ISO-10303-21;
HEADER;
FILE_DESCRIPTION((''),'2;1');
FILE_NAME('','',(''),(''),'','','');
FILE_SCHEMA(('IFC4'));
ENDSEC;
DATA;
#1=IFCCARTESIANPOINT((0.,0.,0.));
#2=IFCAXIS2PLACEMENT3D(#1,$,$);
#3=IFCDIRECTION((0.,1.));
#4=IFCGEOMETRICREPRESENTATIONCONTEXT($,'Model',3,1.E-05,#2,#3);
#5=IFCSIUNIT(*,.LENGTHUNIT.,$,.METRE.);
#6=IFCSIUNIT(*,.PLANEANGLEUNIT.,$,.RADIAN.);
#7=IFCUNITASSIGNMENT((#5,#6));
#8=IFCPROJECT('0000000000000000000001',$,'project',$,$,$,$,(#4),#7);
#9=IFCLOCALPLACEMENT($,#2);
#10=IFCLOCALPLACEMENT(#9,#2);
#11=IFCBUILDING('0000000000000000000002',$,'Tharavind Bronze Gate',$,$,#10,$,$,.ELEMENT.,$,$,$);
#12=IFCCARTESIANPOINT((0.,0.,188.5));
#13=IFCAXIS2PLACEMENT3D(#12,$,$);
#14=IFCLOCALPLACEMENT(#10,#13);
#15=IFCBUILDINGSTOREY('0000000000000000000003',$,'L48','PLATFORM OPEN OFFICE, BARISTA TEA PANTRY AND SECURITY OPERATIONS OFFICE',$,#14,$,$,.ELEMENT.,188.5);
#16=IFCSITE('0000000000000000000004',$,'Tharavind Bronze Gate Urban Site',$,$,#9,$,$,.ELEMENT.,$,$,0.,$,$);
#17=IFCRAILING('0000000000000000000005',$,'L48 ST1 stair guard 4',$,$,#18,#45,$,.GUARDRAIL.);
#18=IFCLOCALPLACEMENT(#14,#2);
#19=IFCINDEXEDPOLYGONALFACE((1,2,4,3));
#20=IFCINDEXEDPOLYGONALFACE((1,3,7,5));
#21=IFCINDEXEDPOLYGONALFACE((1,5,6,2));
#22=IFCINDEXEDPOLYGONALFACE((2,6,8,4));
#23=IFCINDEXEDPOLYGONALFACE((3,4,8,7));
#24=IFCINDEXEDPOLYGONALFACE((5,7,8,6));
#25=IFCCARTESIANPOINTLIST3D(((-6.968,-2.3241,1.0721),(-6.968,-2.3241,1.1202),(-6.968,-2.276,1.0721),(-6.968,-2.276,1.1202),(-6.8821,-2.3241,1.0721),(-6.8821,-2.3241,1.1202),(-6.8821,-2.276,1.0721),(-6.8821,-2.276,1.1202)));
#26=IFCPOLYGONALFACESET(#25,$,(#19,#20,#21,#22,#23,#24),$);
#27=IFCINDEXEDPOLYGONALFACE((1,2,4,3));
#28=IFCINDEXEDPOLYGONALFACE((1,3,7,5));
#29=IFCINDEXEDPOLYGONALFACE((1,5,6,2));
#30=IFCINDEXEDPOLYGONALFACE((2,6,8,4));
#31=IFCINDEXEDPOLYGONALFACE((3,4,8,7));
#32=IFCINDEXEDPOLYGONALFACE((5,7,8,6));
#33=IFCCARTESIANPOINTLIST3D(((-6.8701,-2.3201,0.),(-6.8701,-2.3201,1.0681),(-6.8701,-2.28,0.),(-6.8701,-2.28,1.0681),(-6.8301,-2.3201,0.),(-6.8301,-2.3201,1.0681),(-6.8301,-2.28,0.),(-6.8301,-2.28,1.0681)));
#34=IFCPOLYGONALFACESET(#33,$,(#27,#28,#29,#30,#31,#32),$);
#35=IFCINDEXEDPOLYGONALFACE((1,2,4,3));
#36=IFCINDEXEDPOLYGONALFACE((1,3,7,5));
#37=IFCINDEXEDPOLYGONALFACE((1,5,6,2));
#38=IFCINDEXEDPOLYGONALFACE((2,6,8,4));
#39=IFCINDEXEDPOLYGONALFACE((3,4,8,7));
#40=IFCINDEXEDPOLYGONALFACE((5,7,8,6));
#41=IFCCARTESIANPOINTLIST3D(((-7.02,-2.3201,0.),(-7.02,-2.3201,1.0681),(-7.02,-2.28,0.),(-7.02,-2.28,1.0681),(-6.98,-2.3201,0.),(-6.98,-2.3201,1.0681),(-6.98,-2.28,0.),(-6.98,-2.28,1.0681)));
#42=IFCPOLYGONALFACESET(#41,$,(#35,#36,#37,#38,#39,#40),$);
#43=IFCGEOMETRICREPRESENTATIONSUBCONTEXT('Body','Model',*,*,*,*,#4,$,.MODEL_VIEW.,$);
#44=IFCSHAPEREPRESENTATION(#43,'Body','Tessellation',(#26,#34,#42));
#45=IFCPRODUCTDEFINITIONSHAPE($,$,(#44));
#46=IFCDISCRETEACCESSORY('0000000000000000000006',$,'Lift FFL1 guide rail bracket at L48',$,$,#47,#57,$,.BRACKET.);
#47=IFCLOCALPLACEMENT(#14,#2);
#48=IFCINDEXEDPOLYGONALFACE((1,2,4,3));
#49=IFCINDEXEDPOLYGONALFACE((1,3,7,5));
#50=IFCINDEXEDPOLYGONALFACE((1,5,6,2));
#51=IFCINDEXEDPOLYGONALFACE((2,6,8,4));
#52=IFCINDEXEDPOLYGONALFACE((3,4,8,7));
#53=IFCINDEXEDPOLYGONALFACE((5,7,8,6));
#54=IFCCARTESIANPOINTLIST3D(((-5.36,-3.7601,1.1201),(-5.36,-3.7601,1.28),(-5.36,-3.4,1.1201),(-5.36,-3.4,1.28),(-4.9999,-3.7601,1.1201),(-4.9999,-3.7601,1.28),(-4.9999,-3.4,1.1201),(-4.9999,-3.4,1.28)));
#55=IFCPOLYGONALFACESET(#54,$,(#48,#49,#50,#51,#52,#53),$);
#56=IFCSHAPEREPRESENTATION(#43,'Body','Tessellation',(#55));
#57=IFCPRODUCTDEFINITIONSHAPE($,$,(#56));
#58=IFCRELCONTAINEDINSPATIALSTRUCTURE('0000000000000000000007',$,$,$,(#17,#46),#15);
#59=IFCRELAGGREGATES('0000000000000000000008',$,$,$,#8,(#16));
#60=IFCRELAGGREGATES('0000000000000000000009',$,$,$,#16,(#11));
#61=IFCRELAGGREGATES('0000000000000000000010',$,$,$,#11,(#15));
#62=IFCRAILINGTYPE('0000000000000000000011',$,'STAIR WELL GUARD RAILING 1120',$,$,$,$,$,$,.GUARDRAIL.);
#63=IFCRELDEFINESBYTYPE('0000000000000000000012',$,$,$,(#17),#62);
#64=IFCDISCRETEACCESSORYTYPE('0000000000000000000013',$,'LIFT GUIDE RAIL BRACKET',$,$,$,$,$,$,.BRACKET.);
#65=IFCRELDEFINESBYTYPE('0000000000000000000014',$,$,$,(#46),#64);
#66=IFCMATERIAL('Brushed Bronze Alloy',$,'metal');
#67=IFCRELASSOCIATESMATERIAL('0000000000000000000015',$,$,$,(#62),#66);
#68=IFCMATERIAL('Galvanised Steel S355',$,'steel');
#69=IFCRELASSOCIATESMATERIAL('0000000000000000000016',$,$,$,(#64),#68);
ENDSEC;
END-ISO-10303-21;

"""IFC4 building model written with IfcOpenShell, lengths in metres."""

from ifc_helpers import new_model, si_unit, direction, frame, origin, origin_2d, place, context, subcontext, project, spatial, rectangle, extrude, material, type_object, element, save


model = new_model("IFC4")

# Units and contexts
model_context = context("Model", 3, precision=1e-05, world=origin(), true_north=direction((0.0, 1.0)))
body_context = subcontext(model_context, "Body", "Model", "MODEL_VIEW")
ifc_project = project(units=[si_unit("LENGTHUNIT", "METRE"), si_unit("PLANEANGLEUNIT", "RADIAN")], contexts=[model_context])

# Site, building, storey
site_placement = place(None, origin())
site = spatial("IfcSite", under=ifc_project, at=site_placement, Name="Tharavind Bronze Gate Urban Site", CompositionType="ELEMENT", RefElevation=0.0)
building_placement = place(site_placement, origin())
building = spatial("IfcBuilding", under=site, at=building_placement, Name="Tharavind Bronze Gate", CompositionType="ELEMENT")
storey_placement = place(building_placement, frame((0.0, 0.0, 188.5)))
storey = spatial("IfcBuildingStorey", under=building, at=storey_placement, Name="L48", Description="PLATFORM OPEN OFFICE, BARISTA TEA PANTRY AND SECURITY OPERATIONS OFFICE", CompositionType="ELEMENT", Elevation=188.5)

# Railing
ifc_material_1 = material(Name="Brushed Bronze Alloy", Category="metal")
railing_type_1 = type_object("IfcRailingType", Name="STAIR WELL GUARD RAILING 1120", PredefinedType="GUARDRAIL", material=ifc_material_1)
railing_1_placement = place(storey_placement, frame((-6.8501, -2.3, 0.0)))
element("IfcRailing", 1, at=railing_1_placement, inside=storey, type_object=railing_type_1, Name="L48 ST1 stair guard 4", PredefinedType="GUARDRAIL", context=body_context, shape_type="SweptSolid", body=[
    extrude(rectangle(XDim=0.0481, YDim=0.0481, at=origin_2d()), frame((-0.032, 0.0, 1.0962), z_axis=(-1.0, 0.0, 0.0), x_axis=(0.0, -1.0, 0.0)), (0.0, 0.0, 1.0), 0.0859),
    extrude(rectangle(XDim=0.04, YDim=0.04, at=origin_2d()), origin(), (0.0, 0.0, 1.0), 1.0681),
    extrude(rectangle(XDim=0.04, YDim=0.04, at=origin_2d()), frame((-0.1499, 0.0, 0.0)), (0.0, 0.0, 1.0), 1.0681),
])

# Discrete accessory
ifc_material_2 = material(Name="Galvanised Steel S355", Category="steel")
discrete_accessory_type = type_object("IfcDiscreteAccessoryType", Name="LIFT GUIDE RAIL BRACKET", PredefinedType="BRACKET", material=ifc_material_2)
discrete_accessory_placement = place(storey_placement, frame((-5.1799, -3.5801, 1.1201), z_axis=(0.0, 0.0, 1.0), x_axis=(1.0, 0.0, 0.0)))
element("IfcDiscreteAccessory", 2, at=discrete_accessory_placement, inside=storey, type_object=discrete_accessory_type, Name="Lift FFL1 guide rail bracket at L48", PredefinedType="BRACKET", context=body_context, shape_type="SweptSolid", body=[
    extrude(rectangle(XDim=0.3601, YDim=0.3601, at=origin_2d()), origin(), (0.0, 0.0, 1.0), 0.1599),
])

save(model, "model.ifc")
